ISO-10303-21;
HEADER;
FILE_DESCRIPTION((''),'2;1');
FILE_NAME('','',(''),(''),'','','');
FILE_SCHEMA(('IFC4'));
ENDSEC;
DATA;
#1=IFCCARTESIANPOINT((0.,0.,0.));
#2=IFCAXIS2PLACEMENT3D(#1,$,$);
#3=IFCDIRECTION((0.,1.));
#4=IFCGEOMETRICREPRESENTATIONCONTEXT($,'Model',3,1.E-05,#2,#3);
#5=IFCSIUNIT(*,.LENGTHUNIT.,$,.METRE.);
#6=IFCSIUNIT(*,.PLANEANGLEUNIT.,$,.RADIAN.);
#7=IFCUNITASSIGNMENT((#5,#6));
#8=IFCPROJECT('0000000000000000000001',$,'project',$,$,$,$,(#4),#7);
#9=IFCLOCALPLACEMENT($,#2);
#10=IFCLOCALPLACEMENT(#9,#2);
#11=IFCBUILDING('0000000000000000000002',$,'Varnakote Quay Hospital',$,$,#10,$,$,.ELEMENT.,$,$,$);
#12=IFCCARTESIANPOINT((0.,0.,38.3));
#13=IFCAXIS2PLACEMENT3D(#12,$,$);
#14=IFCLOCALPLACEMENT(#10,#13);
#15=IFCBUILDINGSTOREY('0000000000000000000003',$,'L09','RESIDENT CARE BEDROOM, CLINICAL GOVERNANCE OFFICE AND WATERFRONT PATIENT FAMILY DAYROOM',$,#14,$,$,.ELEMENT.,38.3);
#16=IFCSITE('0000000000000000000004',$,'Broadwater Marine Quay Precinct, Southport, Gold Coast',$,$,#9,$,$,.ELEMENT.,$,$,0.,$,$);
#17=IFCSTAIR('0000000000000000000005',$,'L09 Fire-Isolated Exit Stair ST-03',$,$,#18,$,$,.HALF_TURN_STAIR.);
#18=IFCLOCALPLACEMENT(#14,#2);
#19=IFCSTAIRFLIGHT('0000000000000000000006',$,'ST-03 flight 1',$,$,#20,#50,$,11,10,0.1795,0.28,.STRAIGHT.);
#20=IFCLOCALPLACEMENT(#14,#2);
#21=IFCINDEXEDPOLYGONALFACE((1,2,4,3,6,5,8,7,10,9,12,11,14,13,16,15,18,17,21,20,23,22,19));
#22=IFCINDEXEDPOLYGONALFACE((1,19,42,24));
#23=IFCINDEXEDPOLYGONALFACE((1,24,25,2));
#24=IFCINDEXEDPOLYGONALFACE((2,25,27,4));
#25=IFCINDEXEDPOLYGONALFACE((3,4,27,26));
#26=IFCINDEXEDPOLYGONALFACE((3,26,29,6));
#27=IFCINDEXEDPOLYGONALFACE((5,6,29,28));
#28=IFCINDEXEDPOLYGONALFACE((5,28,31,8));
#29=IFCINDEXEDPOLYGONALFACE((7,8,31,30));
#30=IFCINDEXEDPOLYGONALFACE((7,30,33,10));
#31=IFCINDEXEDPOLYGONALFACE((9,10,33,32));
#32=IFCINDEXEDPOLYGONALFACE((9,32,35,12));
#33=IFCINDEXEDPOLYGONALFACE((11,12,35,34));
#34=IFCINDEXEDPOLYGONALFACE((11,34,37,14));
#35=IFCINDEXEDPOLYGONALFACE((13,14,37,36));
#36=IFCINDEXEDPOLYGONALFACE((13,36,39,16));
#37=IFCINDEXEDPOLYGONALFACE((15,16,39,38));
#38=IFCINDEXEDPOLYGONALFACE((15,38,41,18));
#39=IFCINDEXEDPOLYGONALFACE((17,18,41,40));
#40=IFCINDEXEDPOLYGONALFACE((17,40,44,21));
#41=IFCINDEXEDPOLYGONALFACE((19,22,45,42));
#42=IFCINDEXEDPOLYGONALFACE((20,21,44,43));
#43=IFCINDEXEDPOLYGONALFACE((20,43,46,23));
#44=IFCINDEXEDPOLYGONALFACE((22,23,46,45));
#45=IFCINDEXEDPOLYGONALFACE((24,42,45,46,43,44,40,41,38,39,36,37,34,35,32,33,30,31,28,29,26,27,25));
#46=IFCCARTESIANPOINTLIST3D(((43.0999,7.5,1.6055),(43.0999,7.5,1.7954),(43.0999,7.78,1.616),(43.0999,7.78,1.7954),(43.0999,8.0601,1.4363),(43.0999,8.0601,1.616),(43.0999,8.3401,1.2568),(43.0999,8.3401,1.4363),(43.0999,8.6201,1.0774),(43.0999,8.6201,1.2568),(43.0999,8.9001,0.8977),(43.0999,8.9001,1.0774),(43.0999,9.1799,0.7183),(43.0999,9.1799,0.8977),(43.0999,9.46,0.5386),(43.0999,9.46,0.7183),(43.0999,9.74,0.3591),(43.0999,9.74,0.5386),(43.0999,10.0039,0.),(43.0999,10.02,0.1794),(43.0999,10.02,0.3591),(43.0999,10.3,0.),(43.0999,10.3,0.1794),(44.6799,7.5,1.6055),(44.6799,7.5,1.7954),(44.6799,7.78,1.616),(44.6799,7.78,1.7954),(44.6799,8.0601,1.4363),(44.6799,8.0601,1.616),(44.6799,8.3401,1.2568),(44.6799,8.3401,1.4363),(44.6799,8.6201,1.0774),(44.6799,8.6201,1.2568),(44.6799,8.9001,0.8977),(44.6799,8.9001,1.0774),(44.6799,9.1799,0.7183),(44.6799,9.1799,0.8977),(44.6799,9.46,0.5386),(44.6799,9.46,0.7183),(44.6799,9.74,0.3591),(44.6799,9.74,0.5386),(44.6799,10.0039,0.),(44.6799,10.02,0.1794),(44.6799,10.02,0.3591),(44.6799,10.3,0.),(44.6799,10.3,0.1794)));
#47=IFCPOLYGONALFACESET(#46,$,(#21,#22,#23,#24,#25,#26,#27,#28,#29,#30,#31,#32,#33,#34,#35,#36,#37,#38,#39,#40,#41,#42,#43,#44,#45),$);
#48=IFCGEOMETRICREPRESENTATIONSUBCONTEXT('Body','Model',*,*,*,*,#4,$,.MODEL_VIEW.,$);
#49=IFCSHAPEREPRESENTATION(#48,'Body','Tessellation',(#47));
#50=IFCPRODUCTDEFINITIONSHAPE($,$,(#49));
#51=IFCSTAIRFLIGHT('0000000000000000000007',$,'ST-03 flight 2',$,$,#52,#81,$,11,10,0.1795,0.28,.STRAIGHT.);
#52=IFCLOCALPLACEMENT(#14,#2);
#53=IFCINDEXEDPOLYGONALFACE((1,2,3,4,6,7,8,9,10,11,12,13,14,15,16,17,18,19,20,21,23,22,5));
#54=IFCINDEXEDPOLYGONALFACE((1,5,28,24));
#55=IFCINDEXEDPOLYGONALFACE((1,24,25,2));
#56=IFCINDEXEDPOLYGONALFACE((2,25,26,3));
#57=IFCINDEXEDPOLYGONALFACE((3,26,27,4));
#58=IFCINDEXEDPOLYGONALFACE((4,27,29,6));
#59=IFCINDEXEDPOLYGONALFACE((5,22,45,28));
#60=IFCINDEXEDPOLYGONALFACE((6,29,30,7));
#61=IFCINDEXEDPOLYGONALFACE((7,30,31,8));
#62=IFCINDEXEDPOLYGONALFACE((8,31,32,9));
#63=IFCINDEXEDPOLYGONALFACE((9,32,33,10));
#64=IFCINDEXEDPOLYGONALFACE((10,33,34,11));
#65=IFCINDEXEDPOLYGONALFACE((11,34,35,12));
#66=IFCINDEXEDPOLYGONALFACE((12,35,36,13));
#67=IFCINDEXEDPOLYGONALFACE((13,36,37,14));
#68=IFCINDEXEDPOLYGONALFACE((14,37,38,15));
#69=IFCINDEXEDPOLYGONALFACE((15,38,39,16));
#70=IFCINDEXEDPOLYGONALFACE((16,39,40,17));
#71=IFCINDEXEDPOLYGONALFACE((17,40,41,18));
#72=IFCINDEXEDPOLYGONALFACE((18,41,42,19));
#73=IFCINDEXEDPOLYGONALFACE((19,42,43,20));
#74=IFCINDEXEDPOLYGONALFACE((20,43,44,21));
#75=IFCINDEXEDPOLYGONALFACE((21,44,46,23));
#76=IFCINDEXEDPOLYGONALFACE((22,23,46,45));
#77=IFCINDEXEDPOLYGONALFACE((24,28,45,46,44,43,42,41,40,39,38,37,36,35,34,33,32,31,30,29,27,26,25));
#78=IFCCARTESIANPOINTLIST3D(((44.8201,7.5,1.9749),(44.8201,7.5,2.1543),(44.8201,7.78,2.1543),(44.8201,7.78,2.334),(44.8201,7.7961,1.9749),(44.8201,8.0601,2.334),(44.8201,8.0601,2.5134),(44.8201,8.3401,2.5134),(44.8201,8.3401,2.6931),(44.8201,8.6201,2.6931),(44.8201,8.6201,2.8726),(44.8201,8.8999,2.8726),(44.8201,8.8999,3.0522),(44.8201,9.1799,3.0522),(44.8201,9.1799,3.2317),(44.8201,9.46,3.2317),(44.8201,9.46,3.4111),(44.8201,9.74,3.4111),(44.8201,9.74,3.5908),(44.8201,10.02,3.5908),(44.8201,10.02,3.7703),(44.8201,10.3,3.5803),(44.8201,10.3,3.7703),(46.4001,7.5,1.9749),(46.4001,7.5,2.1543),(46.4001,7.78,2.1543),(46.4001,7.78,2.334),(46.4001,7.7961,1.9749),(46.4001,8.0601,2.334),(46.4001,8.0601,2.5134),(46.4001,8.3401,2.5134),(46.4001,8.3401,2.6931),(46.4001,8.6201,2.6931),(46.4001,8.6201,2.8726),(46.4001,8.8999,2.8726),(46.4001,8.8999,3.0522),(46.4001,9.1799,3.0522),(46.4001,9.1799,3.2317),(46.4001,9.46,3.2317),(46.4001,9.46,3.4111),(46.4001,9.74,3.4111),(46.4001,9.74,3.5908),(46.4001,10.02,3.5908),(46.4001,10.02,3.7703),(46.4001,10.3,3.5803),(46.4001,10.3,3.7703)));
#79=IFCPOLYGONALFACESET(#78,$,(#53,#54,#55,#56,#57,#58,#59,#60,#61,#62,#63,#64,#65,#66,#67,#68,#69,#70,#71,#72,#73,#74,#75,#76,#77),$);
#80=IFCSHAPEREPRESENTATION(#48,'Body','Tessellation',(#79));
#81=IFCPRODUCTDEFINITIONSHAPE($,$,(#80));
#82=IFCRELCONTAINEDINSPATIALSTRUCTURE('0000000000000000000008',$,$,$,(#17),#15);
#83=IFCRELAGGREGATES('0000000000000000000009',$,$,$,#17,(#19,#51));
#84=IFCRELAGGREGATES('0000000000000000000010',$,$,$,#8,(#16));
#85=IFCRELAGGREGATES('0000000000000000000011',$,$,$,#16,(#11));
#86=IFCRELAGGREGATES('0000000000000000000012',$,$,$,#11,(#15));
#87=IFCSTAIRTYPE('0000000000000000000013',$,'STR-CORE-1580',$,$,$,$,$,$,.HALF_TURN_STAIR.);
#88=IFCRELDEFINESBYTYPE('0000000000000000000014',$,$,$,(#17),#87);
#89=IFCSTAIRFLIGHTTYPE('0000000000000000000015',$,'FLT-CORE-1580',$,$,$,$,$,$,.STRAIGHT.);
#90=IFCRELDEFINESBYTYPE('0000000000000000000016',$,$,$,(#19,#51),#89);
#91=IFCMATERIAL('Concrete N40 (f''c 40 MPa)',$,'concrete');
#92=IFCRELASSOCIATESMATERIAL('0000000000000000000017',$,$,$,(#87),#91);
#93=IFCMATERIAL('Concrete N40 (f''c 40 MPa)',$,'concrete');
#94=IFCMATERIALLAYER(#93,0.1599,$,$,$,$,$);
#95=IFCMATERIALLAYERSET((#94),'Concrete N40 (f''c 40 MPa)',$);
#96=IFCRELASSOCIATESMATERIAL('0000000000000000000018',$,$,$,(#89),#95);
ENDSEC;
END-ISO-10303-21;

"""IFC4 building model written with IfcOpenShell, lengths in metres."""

from ifc_helpers import new_model, si_unit, direction, frame, origin, place, context, subcontext, project, spatial, polyline, outline, extrude, material, layer, layer_set, type_object, element, aggregate, save


model = new_model("IFC4")

# Units and contexts
model_context = context("Model", 3, precision=1e-05, world=origin(), true_north=direction((0.0, 1.0)))
body_context = subcontext(model_context, "Body", "Model", "MODEL_VIEW")
ifc_project = project(units=[si_unit("LENGTHUNIT", "METRE"), si_unit("PLANEANGLEUNIT", "RADIAN")], contexts=[model_context])

# Site, building, storey
site_placement = place(None, origin())
site = spatial("IfcSite", under=ifc_project, at=site_placement, Name="Broadwater Marine Quay Precinct, Southport, Gold Coast", CompositionType="ELEMENT", RefElevation=0.0)
building_placement = place(site_placement, origin())
building = spatial("IfcBuilding", under=site, at=building_placement, Name="Varnakote Quay Hospital", CompositionType="ELEMENT")
storey_placement = place(building_placement, frame((0.0, 0.0, 38.3)))
storey = spatial("IfcBuildingStorey", under=building, at=storey_placement, Name="L09", Description="RESIDENT CARE BEDROOM, CLINICAL GOVERNANCE OFFICE AND WATERFRONT PATIENT FAMILY DAYROOM", CompositionType="ELEMENT", Elevation=38.3)

# Stair, stair flights
ifc_material_1 = material(Name="Concrete N40 (f'c 40 MPa)", Category="concrete")
stair_type = type_object("IfcStairType", Name="STR-CORE-1580", PredefinedType="HALF_TURN_STAIR", material=ifc_material_1)
stair_placement = place(storey_placement, origin())
stair = element("IfcStair", 1, at=stair_placement, inside=storey, type_object=stair_type, Name="L09 Fire-Isolated Exit Stair ST-03", PredefinedType="HALF_TURN_STAIR")
ifc_material_2 = material(Name="Concrete N40 (f'c 40 MPa)", Category="concrete")
ifc_layer_1 = layer(ifc_material_2, 0.1599)
ifc_layer_set_1 = layer_set([ifc_layer_1], Name="Concrete N40 (f'c 40 MPa)")
stair_flight_type = type_object("IfcStairFlightType", Name="FLT-CORE-1580", PredefinedType="STRAIGHT", material=ifc_layer_set_1)
stair_flight_1_placement = place(storey_placement, frame((43.8899, 10.3, 0.0), z_axis=(0.0, 0.0, 1.0), x_axis=(0.0, -1.0, 0.0)))
stair_flight_1 = element("IfcStairFlight", 2, at=stair_flight_1_placement, type_object=stair_flight_type, Name="ST-03 flight 1", NumberOfRisers=11, NumberOfTreads=10, PredefinedType="STRAIGHT", RiserHeight=0.1795, TreadLength=0.28, context=body_context, shape_type="SweptSolid", body=[
    extrude(outline(polyline([(0.0, 0.0), (0.0, 0.1794), (0.28, 0.1794), (0.28, 0.3591), (0.5601, 0.3591), (0.5601, 0.5386), (0.8401, 0.5386), (0.8401, 0.7183), (1.1201, 0.7183), (1.1201, 0.8977), (1.3999, 0.8977), (1.3999, 1.0774), (1.6799, 1.0774), (1.6799, 1.2568), (1.96, 1.2568), (1.96, 1.4363), (2.24, 1.4363), (2.24, 1.616), (2.52, 1.616), (2.52, 1.7954), (2.8, 1.7954), (2.8, 1.9751), (2.8, 1.6055), (0.2961, 0.0), (0.0, 0.0)])), frame((0.0, 0.79, 0.0), z_axis=(0.0, -1.0, 0.0), x_axis=(1.0, 0.0, 0.0)), (0.0, 0.0, 1.0), 1.5801),
])
stair_flight_2_placement = place(storey_placement, frame((45.6101, 7.5, 1.9749), z_axis=(0.0, 0.0, 1.0), x_axis=(0.0, 1.0, 0.0)))
stair_flight_2 = element("IfcStairFlight", 3, at=stair_flight_2_placement, type_object=stair_flight_type, Name="ST-03 flight 2", NumberOfRisers=11, NumberOfTreads=10, PredefinedType="STRAIGHT", RiserHeight=0.1795, TreadLength=0.28, context=body_context, shape_type="SweptSolid", body=[
    extrude(outline(polyline([(0.0, 0.0), (0.0, 0.1794), (0.28, 0.1794), (0.28, 0.3591), (0.5601, 0.3591), (0.5601, 0.5386), (0.8401, 0.5386), (0.8401, 0.7183), (1.1201, 0.7183), (1.1201, 0.8977), (1.3999, 0.8977), (1.3999, 1.0774), (1.6799, 1.0774), (1.6799, 1.2568), (1.96, 1.2568), (1.96, 1.4363), (2.24, 1.4363), (2.24, 1.616), (2.52, 1.616), (2.52, 1.7954), (2.8, 1.7954), (2.8, 1.9751), (2.8, 1.6055), (0.2961, 0.0), (0.0, 0.0)])), frame((0.0, 0.79, 0.0), z_axis=(0.0, -1.0, 0.0), x_axis=(1.0, 0.0, 0.0)), (0.0, 0.0, 1.0), 1.5801),
])
aggregate(stair, [stair_flight_1, stair_flight_2])

save(model, "model.ifc")
